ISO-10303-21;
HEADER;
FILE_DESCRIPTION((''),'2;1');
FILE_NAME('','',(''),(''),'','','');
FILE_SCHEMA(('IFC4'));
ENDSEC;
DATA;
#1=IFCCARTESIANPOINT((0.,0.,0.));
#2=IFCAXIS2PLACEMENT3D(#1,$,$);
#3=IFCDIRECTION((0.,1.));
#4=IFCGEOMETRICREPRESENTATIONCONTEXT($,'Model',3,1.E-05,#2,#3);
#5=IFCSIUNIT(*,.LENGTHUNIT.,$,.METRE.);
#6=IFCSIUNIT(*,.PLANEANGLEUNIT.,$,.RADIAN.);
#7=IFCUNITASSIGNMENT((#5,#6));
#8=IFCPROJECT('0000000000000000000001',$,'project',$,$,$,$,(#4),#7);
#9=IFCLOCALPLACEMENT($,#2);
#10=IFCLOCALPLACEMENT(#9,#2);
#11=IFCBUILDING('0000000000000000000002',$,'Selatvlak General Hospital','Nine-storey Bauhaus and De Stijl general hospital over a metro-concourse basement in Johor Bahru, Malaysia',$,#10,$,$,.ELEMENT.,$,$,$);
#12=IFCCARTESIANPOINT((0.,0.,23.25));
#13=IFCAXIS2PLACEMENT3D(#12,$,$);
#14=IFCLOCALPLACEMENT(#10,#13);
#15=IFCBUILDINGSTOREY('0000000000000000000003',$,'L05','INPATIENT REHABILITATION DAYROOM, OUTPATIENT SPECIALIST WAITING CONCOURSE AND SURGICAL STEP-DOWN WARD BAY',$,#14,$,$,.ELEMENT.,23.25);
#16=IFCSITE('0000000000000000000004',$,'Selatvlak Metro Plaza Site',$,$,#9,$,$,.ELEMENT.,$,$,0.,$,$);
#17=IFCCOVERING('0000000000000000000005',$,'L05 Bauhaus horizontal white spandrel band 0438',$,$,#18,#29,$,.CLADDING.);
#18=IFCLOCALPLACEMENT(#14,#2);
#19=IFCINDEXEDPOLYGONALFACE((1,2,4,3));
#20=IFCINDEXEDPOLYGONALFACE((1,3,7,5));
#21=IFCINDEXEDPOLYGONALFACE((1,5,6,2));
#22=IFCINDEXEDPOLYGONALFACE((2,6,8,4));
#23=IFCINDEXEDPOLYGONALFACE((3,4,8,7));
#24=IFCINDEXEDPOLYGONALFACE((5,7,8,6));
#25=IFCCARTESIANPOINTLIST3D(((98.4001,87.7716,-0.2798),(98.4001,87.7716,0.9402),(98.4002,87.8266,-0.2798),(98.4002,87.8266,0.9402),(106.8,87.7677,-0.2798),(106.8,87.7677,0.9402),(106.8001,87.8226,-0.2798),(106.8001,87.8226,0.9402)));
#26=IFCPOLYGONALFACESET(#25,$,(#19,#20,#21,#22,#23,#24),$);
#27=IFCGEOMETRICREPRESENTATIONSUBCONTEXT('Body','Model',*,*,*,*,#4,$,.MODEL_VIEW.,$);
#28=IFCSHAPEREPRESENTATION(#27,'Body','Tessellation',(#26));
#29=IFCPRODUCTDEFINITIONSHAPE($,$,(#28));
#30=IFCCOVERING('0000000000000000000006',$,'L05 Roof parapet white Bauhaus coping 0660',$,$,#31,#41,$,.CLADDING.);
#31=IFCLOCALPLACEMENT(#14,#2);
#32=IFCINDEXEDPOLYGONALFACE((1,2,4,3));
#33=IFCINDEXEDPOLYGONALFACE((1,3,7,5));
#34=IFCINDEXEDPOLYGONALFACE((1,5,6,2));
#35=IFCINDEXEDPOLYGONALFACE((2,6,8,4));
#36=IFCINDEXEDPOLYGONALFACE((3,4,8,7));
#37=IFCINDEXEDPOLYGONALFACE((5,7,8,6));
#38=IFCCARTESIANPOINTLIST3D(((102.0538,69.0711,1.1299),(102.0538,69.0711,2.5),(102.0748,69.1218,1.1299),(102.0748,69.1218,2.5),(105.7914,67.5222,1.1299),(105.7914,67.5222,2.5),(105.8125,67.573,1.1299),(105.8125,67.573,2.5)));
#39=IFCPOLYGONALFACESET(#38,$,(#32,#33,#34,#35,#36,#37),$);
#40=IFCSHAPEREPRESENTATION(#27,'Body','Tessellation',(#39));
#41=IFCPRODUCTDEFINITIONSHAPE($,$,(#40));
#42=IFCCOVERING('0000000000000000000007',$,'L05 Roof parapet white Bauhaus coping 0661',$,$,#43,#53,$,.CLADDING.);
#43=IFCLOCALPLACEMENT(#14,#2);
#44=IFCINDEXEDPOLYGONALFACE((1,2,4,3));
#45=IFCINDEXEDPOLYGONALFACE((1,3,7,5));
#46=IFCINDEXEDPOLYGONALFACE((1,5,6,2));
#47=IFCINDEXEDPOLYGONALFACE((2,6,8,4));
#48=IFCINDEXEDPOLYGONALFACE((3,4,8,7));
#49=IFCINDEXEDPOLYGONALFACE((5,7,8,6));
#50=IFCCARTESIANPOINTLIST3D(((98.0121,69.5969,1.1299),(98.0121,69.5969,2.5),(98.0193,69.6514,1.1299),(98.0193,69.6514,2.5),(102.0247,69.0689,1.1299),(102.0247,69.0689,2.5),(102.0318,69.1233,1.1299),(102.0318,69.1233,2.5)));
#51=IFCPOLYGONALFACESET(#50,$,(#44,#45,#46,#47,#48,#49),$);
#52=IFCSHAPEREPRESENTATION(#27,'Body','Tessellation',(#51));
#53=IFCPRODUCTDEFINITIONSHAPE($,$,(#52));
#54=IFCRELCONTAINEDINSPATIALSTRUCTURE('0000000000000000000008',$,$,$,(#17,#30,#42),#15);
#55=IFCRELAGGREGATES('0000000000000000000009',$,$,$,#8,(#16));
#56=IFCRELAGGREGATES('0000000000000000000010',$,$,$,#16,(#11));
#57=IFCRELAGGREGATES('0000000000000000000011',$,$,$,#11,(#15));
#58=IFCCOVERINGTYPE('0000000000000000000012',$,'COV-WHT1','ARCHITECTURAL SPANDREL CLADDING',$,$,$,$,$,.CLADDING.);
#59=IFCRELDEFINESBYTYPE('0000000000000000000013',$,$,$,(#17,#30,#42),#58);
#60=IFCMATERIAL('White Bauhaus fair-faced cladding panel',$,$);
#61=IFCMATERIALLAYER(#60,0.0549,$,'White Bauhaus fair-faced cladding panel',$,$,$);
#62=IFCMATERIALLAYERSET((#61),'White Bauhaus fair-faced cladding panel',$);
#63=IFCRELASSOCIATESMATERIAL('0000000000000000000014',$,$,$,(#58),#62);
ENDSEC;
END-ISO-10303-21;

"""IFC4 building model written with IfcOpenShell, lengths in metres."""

from ifc_helpers import new_model, si_unit, direction, frame, origin, origin_2d, place, context, subcontext, project, spatial, rectangle, extrude, material, layer, layer_set, type_object, element, save


model = new_model("IFC4")

# Units and contexts
model_context = context("Model", 3, precision=1e-05, world=origin(), true_north=direction((0.0, 1.0)))
body_context = subcontext(model_context, "Body", "Model", "MODEL_VIEW")
ifc_project = project(units=[si_unit("LENGTHUNIT", "METRE"), si_unit("PLANEANGLEUNIT", "RADIAN")], contexts=[model_context])

# Site, building, storey
site_placement = place(None, origin())
site = spatial("IfcSite", under=ifc_project, at=site_placement, Name="Selatvlak Metro Plaza Site", CompositionType="ELEMENT", RefElevation=0.0)
building_placement = place(site_placement, origin())
building = spatial("IfcBuilding", under=site, at=building_placement, Name="Selatvlak General Hospital", Description="Nine-storey Bauhaus and De Stijl general hospital over a metro-concourse basement in Johor Bahru, Malaysia", CompositionType="ELEMENT")
storey_placement = place(building_placement, frame((0.0, 0.0, 23.25)))
storey = spatial("IfcBuildingStorey", under=building, at=storey_placement, Name="L05", Description="INPATIENT REHABILITATION DAYROOM, OUTPATIENT SPECIALIST WAITING CONCOURSE AND SURGICAL STEP-DOWN WARD BAY", CompositionType="ELEMENT", Elevation=23.25)

# Coverings
ifc_material_1 = material(Name="White Bauhaus fair-faced cladding panel")
ifc_layer_1 = layer(ifc_material_1, 0.0549, Name="White Bauhaus fair-faced cladding panel")
ifc_layer_set_1 = layer_set([ifc_layer_1], Name="White Bauhaus fair-faced cladding panel")
covering_type = type_object("IfcCoveringType", Name="COV-WHT1", Description="ARCHITECTURAL SPANDREL CLADDING", PredefinedType="CLADDING", material=ifc_layer_set_1)
covering_1_placement = place(storey_placement, frame((102.6001, 87.7971, -0.2798), z_axis=(0.0, 0.0, 1.0), x_axis=(-1.0, 0.000471, 0.0)))
element("IfcCovering", 1, at=covering_1_placement, inside=storey, type_object=covering_type, Name="L05 Bauhaus horizontal white spandrel band 0438", PredefinedType="CLADDING", context=body_context, shape_type="SweptSolid", body=[
    extrude(rectangle(XDim=8.3999, YDim=0.0549, at=origin_2d()), origin(), (0.0, 0.0, 1.0), 1.22),
])
covering_2_placement = place(storey_placement, frame((103.9331, 68.322, 1.1299), z_axis=(0.0, 0.0, 1.0), x_axis=(-0.923819, 0.382829, 0.0)))
element("IfcCovering", 2, at=covering_2_placement, inside=storey, type_object=covering_type, Name="L05 Roof parapet white Bauhaus coping 0660", PredefinedType="CLADDING", context=body_context, shape_type="SweptSolid", body=[
    extrude(rectangle(XDim=4.0459, YDim=0.0549, at=origin_2d()), origin(), (0.0, 0.0, 1.0), 1.3701),
])
covering_3_placement = place(storey_placement, frame((100.022, 69.3601, 1.1299), z_axis=(0.0, 0.0, 1.0), x_axis=(-0.991452, 0.130474, 0.0)))
element("IfcCovering", 3, at=covering_3_placement, inside=storey, type_object=covering_type, Name="L05 Roof parapet white Bauhaus coping 0661", PredefinedType="CLADDING", context=body_context, shape_type="SweptSolid", body=[
    extrude(rectangle(XDim=4.0471, YDim=0.0549, at=origin_2d()), origin(), (0.0, 0.0, 1.0), 1.3701),
])

save(model, "model.ifc")
